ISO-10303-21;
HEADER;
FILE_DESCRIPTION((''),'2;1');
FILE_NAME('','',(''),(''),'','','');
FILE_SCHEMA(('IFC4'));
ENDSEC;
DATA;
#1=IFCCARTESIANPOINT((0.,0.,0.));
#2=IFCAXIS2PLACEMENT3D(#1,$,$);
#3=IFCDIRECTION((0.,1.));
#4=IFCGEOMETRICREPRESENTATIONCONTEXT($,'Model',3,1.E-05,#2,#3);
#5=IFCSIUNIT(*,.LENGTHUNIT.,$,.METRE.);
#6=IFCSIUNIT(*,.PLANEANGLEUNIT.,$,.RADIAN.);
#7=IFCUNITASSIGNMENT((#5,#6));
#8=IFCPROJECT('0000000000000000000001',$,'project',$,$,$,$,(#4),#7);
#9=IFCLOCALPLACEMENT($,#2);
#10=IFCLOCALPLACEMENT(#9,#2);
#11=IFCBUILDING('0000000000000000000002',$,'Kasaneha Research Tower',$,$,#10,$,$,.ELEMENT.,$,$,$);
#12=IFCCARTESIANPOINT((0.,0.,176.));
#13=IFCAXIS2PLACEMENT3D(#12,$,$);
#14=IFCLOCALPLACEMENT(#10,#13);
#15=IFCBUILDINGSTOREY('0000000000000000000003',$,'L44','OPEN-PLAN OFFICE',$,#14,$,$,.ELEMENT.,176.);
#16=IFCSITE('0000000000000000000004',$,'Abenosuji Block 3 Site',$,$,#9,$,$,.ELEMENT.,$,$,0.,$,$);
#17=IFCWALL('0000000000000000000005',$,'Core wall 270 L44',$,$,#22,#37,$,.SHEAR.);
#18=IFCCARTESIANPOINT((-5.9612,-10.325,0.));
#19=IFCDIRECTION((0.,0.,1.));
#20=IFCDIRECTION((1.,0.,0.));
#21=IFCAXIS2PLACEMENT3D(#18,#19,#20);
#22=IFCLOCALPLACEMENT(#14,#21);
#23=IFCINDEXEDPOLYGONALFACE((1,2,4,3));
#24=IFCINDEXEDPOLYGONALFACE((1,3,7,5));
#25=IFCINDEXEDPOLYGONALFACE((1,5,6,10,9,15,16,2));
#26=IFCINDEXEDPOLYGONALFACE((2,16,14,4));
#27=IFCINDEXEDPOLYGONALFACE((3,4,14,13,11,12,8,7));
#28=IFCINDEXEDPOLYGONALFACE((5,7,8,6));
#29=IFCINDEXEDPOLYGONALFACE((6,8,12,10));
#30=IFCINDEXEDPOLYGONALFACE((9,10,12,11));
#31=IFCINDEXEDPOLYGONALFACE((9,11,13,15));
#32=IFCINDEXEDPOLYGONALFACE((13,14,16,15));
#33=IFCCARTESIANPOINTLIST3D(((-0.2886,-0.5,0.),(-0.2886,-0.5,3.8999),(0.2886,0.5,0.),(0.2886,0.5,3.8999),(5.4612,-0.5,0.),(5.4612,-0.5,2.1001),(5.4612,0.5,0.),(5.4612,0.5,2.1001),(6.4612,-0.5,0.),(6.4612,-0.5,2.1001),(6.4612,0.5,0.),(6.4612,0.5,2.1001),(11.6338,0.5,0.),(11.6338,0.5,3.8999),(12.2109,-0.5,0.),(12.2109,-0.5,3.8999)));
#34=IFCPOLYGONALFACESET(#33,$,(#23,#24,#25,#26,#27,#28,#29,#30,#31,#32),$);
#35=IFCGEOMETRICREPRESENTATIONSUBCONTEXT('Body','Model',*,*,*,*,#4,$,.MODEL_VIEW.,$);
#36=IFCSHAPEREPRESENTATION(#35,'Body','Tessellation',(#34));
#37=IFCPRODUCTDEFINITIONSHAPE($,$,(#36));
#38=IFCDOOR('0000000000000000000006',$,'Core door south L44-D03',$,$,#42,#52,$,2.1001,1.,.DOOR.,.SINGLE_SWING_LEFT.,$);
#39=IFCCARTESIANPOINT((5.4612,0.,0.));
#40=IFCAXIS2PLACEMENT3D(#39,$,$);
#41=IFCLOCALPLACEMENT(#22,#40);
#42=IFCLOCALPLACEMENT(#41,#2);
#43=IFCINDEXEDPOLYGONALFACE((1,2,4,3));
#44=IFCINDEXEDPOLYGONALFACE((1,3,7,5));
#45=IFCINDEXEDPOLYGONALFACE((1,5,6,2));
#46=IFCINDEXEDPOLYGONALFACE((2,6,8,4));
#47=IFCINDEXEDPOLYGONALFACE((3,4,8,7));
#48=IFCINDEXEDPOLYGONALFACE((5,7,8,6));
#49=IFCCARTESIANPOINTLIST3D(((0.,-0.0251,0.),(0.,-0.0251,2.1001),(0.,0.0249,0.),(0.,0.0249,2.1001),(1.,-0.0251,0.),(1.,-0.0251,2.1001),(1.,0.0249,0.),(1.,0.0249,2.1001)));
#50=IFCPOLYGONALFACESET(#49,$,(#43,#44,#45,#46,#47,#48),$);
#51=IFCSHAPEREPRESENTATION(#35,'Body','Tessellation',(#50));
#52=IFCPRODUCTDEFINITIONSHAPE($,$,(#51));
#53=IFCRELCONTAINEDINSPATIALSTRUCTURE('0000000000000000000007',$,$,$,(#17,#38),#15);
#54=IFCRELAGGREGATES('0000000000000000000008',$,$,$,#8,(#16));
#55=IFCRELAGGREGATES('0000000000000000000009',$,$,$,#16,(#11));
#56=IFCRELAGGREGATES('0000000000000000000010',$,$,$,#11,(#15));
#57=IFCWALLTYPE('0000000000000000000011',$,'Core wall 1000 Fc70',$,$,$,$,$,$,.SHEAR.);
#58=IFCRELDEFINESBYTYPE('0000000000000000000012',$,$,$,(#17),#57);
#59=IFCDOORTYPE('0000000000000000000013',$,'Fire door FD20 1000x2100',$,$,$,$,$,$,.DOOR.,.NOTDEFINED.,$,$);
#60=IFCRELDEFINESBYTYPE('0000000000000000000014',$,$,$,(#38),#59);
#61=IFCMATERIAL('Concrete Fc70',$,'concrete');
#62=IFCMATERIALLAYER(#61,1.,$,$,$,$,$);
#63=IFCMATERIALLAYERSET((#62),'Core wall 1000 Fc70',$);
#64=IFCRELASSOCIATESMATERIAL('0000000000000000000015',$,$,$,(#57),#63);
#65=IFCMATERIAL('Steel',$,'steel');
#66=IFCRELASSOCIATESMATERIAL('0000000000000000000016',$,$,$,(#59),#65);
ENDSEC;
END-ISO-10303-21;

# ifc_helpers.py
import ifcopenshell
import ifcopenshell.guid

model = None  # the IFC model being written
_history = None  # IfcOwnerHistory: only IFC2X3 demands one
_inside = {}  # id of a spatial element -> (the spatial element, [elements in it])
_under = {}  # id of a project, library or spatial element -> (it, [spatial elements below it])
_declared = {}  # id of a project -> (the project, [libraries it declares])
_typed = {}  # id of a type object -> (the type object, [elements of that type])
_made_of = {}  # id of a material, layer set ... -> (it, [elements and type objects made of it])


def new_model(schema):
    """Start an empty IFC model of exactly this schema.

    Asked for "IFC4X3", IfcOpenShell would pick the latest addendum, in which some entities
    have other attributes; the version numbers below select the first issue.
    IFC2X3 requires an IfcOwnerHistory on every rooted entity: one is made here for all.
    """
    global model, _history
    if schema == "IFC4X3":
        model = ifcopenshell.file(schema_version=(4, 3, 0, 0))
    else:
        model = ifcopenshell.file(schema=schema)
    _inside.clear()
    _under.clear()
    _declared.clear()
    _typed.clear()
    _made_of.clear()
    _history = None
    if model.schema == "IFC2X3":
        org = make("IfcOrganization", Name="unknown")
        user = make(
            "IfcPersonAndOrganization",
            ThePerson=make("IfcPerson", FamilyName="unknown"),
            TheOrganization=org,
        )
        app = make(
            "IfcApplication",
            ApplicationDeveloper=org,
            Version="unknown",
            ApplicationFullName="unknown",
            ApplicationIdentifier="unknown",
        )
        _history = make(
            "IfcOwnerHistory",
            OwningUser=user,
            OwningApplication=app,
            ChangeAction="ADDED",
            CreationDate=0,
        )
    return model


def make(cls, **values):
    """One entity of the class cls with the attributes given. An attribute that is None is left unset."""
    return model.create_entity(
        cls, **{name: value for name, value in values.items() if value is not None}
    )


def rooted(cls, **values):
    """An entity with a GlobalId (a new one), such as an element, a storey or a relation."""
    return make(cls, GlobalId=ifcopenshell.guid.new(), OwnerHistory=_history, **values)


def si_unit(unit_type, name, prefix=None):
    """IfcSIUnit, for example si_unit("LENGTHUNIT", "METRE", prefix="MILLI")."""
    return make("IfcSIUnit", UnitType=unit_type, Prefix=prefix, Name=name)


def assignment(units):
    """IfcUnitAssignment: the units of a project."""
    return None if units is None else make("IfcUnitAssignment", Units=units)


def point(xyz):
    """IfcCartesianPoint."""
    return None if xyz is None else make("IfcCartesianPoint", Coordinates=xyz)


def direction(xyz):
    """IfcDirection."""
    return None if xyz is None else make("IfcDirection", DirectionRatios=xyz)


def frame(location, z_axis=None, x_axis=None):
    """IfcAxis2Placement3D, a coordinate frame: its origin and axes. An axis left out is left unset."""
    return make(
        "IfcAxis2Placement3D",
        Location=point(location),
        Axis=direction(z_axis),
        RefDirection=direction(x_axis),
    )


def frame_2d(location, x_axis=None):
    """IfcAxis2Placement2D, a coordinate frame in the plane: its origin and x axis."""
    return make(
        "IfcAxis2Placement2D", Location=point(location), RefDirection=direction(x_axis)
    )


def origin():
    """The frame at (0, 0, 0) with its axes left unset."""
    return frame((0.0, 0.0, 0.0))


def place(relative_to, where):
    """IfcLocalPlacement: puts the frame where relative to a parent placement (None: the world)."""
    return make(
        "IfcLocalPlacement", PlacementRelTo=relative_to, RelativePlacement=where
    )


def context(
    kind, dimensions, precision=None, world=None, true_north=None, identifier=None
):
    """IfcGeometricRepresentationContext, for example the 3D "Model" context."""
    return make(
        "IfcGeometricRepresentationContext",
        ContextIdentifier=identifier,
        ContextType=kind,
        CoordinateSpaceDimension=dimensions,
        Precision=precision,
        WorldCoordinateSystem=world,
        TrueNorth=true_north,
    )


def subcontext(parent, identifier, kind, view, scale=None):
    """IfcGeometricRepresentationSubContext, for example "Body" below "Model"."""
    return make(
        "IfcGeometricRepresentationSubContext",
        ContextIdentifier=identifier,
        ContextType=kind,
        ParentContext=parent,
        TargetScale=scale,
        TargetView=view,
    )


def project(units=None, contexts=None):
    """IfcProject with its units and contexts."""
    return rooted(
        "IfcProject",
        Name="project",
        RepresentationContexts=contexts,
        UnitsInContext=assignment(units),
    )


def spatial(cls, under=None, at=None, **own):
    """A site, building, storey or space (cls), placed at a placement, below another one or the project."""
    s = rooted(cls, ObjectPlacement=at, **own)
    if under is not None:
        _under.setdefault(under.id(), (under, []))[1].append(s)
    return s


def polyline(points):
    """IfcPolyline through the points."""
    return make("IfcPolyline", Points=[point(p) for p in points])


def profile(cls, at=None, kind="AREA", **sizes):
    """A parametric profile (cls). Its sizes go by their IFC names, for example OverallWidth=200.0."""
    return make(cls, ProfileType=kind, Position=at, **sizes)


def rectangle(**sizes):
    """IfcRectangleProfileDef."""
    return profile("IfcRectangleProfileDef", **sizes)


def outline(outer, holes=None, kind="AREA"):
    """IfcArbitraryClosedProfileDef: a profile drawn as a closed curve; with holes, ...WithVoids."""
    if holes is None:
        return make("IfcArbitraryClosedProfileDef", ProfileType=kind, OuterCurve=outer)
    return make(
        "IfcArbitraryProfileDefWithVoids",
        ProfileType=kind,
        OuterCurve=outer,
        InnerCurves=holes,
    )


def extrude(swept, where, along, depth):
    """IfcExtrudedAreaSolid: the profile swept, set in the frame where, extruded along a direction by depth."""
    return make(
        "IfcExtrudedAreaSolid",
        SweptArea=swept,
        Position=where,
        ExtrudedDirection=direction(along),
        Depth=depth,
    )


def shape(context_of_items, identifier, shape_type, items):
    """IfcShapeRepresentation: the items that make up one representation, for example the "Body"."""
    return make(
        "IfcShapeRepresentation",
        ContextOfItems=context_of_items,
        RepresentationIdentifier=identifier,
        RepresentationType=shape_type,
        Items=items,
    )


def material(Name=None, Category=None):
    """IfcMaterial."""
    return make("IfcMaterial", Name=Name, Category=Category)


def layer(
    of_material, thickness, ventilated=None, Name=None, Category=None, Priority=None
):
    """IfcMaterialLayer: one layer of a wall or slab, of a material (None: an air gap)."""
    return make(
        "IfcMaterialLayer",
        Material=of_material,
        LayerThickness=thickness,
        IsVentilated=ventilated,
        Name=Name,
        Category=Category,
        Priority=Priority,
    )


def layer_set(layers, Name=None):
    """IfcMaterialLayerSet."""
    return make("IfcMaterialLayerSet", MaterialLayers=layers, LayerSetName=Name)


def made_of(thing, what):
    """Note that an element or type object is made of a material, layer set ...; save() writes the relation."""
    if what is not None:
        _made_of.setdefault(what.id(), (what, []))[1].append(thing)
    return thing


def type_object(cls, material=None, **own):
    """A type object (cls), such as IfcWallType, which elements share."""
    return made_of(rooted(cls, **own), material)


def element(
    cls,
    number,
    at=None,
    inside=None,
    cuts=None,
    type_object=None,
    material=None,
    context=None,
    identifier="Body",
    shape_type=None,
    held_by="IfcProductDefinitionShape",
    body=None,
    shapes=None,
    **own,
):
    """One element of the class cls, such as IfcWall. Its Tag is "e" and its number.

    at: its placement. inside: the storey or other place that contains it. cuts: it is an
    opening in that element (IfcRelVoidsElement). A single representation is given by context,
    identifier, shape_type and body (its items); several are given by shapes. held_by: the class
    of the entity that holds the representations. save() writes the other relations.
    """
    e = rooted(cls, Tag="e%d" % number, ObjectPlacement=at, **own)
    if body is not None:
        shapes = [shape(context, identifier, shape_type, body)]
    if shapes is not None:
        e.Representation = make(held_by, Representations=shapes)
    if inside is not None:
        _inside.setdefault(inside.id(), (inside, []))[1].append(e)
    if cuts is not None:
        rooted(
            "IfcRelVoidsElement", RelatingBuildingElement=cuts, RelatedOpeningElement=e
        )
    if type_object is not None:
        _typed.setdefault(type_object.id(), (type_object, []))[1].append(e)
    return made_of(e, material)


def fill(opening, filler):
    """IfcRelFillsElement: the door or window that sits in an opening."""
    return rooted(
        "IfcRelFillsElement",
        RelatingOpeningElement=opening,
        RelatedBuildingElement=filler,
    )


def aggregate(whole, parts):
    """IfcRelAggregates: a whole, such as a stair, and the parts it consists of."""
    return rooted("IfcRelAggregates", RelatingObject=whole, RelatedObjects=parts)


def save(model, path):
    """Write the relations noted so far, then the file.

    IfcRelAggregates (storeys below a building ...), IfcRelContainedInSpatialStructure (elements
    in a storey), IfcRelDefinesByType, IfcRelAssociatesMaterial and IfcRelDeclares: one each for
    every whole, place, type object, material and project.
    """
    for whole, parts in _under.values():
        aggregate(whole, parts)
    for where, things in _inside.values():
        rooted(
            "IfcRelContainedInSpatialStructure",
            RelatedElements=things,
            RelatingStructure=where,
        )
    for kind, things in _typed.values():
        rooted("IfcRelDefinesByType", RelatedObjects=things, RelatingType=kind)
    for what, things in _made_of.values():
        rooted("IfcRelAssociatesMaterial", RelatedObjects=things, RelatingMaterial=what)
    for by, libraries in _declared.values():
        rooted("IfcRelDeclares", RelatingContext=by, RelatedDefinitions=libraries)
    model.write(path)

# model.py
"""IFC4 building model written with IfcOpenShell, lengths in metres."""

from ifc_helpers import new_model, si_unit, direction, frame, frame_2d, origin, place, context, subcontext, project, spatial, polyline, rectangle, outline, extrude, material, layer, layer_set, type_object, element, fill, save


model = new_model("IFC4")

# Units and contexts
model_context = context("Model", 3, precision=1e-05, world=origin(), true_north=direction((0.0, 1.0)))
body_context = subcontext(model_context, "Body", "Model", "MODEL_VIEW")
ifc_project = project(units=[si_unit("LENGTHUNIT", "METRE"), si_unit("PLANEANGLEUNIT", "RADIAN")], contexts=[model_context])

# Site, building, storey
site_placement = place(None, origin())
site = spatial("IfcSite", under=ifc_project, at=site_placement, Name="Abenosuji Block 3 Site", CompositionType="ELEMENT", RefElevation=0.0)
building_placement = place(site_placement, origin())
building = spatial("IfcBuilding", under=site, at=building_placement, Name="Kasaneha Research Tower", CompositionType="ELEMENT")
storey_placement = place(building_placement, frame((0.0, 0.0, 176.0)))
storey = spatial("IfcBuildingStorey", under=building, at=storey_placement, Name="L44", Description="OPEN-PLAN OFFICE", CompositionType="ELEMENT", Elevation=176.0)

# Wall, opening, door
ifc_material_1 = material(Name="Concrete Fc70", Category="concrete")
ifc_layer_1 = layer(ifc_material_1, 1.0)
ifc_layer_set_1 = layer_set([ifc_layer_1], Name="Core wall 1000 Fc70")
wall_type_1 = type_object("IfcWallType", Name="Core wall 1000 Fc70", PredefinedType="SHEAR", material=ifc_layer_set_1)
wall_1_placement = place(storey_placement, frame((-5.9612, -10.325, 0.0), z_axis=(0.0, 0.0, 1.0), x_axis=(1.0, 0.0, 0.0)))
wall_1 = element("IfcWall", 1, at=wall_1_placement, inside=storey, type_object=wall_type_1, Name="Core wall 270 L44", PredefinedType="SHEAR", context=body_context, shape_type="SweptSolid", body=[
    extrude(outline(polyline([(-0.2886, -0.5), (5.4612, -0.5), (6.4612, -0.5), (12.2109, -0.5), (11.6338, 0.5), (6.4612, 0.5), (5.4612, 0.5), (0.2886, 0.5), (-0.2886, -0.5)])), origin(), (0.0, 0.0, 1.0), 3.8999),
])
opening_1_placement = place(wall_1_placement, frame((5.4612, 0.0, 0.0)))
opening_1 = element("IfcOpeningElement", 2, at=opening_1_placement, cuts=wall_1, PredefinedType="OPENING", context=body_context, shape_type="SweptSolid", body=[
    extrude(rectangle(XDim=1.0, YDim=2.1001, at=frame_2d((0.5, 1.05))), frame((0.0, 0.51, 0.0), z_axis=(0.0, -1.0, 0.0), x_axis=(1.0, 0.0, 0.0)), (0.0, 0.0, 1.0), 1.02),
])
ifc_material_2 = material(Name="Steel", Category="steel")
door_type_1 = type_object("IfcDoorType", Name="Fire door FD20 1000x2100", OperationType="NOTDEFINED", PredefinedType="DOOR", material=ifc_material_2)
door_1_placement = place(opening_1_placement, origin())
door_1 = element("IfcDoor", 3, at=door_1_placement, inside=storey, type_object=door_type_1, Name="Core door south L44-D03", OperationType="SINGLE_SWING_LEFT", OverallHeight=2.1001, OverallWidth=1.0, PredefinedType="DOOR", context=body_context, shape_type="SweptSolid", body=[
    extrude(rectangle(XDim=1.0, YDim=2.1001, at=frame_2d((0.5, 1.05))), frame((0.0, 0.0249, 0.0), z_axis=(0.0, -1.0, 0.0), x_axis=(1.0, 0.0, 0.0)), (0.0, 0.0, 1.0), 0.05),
])
fill(opening_1, door_1)

save(model, "model.ifc")
